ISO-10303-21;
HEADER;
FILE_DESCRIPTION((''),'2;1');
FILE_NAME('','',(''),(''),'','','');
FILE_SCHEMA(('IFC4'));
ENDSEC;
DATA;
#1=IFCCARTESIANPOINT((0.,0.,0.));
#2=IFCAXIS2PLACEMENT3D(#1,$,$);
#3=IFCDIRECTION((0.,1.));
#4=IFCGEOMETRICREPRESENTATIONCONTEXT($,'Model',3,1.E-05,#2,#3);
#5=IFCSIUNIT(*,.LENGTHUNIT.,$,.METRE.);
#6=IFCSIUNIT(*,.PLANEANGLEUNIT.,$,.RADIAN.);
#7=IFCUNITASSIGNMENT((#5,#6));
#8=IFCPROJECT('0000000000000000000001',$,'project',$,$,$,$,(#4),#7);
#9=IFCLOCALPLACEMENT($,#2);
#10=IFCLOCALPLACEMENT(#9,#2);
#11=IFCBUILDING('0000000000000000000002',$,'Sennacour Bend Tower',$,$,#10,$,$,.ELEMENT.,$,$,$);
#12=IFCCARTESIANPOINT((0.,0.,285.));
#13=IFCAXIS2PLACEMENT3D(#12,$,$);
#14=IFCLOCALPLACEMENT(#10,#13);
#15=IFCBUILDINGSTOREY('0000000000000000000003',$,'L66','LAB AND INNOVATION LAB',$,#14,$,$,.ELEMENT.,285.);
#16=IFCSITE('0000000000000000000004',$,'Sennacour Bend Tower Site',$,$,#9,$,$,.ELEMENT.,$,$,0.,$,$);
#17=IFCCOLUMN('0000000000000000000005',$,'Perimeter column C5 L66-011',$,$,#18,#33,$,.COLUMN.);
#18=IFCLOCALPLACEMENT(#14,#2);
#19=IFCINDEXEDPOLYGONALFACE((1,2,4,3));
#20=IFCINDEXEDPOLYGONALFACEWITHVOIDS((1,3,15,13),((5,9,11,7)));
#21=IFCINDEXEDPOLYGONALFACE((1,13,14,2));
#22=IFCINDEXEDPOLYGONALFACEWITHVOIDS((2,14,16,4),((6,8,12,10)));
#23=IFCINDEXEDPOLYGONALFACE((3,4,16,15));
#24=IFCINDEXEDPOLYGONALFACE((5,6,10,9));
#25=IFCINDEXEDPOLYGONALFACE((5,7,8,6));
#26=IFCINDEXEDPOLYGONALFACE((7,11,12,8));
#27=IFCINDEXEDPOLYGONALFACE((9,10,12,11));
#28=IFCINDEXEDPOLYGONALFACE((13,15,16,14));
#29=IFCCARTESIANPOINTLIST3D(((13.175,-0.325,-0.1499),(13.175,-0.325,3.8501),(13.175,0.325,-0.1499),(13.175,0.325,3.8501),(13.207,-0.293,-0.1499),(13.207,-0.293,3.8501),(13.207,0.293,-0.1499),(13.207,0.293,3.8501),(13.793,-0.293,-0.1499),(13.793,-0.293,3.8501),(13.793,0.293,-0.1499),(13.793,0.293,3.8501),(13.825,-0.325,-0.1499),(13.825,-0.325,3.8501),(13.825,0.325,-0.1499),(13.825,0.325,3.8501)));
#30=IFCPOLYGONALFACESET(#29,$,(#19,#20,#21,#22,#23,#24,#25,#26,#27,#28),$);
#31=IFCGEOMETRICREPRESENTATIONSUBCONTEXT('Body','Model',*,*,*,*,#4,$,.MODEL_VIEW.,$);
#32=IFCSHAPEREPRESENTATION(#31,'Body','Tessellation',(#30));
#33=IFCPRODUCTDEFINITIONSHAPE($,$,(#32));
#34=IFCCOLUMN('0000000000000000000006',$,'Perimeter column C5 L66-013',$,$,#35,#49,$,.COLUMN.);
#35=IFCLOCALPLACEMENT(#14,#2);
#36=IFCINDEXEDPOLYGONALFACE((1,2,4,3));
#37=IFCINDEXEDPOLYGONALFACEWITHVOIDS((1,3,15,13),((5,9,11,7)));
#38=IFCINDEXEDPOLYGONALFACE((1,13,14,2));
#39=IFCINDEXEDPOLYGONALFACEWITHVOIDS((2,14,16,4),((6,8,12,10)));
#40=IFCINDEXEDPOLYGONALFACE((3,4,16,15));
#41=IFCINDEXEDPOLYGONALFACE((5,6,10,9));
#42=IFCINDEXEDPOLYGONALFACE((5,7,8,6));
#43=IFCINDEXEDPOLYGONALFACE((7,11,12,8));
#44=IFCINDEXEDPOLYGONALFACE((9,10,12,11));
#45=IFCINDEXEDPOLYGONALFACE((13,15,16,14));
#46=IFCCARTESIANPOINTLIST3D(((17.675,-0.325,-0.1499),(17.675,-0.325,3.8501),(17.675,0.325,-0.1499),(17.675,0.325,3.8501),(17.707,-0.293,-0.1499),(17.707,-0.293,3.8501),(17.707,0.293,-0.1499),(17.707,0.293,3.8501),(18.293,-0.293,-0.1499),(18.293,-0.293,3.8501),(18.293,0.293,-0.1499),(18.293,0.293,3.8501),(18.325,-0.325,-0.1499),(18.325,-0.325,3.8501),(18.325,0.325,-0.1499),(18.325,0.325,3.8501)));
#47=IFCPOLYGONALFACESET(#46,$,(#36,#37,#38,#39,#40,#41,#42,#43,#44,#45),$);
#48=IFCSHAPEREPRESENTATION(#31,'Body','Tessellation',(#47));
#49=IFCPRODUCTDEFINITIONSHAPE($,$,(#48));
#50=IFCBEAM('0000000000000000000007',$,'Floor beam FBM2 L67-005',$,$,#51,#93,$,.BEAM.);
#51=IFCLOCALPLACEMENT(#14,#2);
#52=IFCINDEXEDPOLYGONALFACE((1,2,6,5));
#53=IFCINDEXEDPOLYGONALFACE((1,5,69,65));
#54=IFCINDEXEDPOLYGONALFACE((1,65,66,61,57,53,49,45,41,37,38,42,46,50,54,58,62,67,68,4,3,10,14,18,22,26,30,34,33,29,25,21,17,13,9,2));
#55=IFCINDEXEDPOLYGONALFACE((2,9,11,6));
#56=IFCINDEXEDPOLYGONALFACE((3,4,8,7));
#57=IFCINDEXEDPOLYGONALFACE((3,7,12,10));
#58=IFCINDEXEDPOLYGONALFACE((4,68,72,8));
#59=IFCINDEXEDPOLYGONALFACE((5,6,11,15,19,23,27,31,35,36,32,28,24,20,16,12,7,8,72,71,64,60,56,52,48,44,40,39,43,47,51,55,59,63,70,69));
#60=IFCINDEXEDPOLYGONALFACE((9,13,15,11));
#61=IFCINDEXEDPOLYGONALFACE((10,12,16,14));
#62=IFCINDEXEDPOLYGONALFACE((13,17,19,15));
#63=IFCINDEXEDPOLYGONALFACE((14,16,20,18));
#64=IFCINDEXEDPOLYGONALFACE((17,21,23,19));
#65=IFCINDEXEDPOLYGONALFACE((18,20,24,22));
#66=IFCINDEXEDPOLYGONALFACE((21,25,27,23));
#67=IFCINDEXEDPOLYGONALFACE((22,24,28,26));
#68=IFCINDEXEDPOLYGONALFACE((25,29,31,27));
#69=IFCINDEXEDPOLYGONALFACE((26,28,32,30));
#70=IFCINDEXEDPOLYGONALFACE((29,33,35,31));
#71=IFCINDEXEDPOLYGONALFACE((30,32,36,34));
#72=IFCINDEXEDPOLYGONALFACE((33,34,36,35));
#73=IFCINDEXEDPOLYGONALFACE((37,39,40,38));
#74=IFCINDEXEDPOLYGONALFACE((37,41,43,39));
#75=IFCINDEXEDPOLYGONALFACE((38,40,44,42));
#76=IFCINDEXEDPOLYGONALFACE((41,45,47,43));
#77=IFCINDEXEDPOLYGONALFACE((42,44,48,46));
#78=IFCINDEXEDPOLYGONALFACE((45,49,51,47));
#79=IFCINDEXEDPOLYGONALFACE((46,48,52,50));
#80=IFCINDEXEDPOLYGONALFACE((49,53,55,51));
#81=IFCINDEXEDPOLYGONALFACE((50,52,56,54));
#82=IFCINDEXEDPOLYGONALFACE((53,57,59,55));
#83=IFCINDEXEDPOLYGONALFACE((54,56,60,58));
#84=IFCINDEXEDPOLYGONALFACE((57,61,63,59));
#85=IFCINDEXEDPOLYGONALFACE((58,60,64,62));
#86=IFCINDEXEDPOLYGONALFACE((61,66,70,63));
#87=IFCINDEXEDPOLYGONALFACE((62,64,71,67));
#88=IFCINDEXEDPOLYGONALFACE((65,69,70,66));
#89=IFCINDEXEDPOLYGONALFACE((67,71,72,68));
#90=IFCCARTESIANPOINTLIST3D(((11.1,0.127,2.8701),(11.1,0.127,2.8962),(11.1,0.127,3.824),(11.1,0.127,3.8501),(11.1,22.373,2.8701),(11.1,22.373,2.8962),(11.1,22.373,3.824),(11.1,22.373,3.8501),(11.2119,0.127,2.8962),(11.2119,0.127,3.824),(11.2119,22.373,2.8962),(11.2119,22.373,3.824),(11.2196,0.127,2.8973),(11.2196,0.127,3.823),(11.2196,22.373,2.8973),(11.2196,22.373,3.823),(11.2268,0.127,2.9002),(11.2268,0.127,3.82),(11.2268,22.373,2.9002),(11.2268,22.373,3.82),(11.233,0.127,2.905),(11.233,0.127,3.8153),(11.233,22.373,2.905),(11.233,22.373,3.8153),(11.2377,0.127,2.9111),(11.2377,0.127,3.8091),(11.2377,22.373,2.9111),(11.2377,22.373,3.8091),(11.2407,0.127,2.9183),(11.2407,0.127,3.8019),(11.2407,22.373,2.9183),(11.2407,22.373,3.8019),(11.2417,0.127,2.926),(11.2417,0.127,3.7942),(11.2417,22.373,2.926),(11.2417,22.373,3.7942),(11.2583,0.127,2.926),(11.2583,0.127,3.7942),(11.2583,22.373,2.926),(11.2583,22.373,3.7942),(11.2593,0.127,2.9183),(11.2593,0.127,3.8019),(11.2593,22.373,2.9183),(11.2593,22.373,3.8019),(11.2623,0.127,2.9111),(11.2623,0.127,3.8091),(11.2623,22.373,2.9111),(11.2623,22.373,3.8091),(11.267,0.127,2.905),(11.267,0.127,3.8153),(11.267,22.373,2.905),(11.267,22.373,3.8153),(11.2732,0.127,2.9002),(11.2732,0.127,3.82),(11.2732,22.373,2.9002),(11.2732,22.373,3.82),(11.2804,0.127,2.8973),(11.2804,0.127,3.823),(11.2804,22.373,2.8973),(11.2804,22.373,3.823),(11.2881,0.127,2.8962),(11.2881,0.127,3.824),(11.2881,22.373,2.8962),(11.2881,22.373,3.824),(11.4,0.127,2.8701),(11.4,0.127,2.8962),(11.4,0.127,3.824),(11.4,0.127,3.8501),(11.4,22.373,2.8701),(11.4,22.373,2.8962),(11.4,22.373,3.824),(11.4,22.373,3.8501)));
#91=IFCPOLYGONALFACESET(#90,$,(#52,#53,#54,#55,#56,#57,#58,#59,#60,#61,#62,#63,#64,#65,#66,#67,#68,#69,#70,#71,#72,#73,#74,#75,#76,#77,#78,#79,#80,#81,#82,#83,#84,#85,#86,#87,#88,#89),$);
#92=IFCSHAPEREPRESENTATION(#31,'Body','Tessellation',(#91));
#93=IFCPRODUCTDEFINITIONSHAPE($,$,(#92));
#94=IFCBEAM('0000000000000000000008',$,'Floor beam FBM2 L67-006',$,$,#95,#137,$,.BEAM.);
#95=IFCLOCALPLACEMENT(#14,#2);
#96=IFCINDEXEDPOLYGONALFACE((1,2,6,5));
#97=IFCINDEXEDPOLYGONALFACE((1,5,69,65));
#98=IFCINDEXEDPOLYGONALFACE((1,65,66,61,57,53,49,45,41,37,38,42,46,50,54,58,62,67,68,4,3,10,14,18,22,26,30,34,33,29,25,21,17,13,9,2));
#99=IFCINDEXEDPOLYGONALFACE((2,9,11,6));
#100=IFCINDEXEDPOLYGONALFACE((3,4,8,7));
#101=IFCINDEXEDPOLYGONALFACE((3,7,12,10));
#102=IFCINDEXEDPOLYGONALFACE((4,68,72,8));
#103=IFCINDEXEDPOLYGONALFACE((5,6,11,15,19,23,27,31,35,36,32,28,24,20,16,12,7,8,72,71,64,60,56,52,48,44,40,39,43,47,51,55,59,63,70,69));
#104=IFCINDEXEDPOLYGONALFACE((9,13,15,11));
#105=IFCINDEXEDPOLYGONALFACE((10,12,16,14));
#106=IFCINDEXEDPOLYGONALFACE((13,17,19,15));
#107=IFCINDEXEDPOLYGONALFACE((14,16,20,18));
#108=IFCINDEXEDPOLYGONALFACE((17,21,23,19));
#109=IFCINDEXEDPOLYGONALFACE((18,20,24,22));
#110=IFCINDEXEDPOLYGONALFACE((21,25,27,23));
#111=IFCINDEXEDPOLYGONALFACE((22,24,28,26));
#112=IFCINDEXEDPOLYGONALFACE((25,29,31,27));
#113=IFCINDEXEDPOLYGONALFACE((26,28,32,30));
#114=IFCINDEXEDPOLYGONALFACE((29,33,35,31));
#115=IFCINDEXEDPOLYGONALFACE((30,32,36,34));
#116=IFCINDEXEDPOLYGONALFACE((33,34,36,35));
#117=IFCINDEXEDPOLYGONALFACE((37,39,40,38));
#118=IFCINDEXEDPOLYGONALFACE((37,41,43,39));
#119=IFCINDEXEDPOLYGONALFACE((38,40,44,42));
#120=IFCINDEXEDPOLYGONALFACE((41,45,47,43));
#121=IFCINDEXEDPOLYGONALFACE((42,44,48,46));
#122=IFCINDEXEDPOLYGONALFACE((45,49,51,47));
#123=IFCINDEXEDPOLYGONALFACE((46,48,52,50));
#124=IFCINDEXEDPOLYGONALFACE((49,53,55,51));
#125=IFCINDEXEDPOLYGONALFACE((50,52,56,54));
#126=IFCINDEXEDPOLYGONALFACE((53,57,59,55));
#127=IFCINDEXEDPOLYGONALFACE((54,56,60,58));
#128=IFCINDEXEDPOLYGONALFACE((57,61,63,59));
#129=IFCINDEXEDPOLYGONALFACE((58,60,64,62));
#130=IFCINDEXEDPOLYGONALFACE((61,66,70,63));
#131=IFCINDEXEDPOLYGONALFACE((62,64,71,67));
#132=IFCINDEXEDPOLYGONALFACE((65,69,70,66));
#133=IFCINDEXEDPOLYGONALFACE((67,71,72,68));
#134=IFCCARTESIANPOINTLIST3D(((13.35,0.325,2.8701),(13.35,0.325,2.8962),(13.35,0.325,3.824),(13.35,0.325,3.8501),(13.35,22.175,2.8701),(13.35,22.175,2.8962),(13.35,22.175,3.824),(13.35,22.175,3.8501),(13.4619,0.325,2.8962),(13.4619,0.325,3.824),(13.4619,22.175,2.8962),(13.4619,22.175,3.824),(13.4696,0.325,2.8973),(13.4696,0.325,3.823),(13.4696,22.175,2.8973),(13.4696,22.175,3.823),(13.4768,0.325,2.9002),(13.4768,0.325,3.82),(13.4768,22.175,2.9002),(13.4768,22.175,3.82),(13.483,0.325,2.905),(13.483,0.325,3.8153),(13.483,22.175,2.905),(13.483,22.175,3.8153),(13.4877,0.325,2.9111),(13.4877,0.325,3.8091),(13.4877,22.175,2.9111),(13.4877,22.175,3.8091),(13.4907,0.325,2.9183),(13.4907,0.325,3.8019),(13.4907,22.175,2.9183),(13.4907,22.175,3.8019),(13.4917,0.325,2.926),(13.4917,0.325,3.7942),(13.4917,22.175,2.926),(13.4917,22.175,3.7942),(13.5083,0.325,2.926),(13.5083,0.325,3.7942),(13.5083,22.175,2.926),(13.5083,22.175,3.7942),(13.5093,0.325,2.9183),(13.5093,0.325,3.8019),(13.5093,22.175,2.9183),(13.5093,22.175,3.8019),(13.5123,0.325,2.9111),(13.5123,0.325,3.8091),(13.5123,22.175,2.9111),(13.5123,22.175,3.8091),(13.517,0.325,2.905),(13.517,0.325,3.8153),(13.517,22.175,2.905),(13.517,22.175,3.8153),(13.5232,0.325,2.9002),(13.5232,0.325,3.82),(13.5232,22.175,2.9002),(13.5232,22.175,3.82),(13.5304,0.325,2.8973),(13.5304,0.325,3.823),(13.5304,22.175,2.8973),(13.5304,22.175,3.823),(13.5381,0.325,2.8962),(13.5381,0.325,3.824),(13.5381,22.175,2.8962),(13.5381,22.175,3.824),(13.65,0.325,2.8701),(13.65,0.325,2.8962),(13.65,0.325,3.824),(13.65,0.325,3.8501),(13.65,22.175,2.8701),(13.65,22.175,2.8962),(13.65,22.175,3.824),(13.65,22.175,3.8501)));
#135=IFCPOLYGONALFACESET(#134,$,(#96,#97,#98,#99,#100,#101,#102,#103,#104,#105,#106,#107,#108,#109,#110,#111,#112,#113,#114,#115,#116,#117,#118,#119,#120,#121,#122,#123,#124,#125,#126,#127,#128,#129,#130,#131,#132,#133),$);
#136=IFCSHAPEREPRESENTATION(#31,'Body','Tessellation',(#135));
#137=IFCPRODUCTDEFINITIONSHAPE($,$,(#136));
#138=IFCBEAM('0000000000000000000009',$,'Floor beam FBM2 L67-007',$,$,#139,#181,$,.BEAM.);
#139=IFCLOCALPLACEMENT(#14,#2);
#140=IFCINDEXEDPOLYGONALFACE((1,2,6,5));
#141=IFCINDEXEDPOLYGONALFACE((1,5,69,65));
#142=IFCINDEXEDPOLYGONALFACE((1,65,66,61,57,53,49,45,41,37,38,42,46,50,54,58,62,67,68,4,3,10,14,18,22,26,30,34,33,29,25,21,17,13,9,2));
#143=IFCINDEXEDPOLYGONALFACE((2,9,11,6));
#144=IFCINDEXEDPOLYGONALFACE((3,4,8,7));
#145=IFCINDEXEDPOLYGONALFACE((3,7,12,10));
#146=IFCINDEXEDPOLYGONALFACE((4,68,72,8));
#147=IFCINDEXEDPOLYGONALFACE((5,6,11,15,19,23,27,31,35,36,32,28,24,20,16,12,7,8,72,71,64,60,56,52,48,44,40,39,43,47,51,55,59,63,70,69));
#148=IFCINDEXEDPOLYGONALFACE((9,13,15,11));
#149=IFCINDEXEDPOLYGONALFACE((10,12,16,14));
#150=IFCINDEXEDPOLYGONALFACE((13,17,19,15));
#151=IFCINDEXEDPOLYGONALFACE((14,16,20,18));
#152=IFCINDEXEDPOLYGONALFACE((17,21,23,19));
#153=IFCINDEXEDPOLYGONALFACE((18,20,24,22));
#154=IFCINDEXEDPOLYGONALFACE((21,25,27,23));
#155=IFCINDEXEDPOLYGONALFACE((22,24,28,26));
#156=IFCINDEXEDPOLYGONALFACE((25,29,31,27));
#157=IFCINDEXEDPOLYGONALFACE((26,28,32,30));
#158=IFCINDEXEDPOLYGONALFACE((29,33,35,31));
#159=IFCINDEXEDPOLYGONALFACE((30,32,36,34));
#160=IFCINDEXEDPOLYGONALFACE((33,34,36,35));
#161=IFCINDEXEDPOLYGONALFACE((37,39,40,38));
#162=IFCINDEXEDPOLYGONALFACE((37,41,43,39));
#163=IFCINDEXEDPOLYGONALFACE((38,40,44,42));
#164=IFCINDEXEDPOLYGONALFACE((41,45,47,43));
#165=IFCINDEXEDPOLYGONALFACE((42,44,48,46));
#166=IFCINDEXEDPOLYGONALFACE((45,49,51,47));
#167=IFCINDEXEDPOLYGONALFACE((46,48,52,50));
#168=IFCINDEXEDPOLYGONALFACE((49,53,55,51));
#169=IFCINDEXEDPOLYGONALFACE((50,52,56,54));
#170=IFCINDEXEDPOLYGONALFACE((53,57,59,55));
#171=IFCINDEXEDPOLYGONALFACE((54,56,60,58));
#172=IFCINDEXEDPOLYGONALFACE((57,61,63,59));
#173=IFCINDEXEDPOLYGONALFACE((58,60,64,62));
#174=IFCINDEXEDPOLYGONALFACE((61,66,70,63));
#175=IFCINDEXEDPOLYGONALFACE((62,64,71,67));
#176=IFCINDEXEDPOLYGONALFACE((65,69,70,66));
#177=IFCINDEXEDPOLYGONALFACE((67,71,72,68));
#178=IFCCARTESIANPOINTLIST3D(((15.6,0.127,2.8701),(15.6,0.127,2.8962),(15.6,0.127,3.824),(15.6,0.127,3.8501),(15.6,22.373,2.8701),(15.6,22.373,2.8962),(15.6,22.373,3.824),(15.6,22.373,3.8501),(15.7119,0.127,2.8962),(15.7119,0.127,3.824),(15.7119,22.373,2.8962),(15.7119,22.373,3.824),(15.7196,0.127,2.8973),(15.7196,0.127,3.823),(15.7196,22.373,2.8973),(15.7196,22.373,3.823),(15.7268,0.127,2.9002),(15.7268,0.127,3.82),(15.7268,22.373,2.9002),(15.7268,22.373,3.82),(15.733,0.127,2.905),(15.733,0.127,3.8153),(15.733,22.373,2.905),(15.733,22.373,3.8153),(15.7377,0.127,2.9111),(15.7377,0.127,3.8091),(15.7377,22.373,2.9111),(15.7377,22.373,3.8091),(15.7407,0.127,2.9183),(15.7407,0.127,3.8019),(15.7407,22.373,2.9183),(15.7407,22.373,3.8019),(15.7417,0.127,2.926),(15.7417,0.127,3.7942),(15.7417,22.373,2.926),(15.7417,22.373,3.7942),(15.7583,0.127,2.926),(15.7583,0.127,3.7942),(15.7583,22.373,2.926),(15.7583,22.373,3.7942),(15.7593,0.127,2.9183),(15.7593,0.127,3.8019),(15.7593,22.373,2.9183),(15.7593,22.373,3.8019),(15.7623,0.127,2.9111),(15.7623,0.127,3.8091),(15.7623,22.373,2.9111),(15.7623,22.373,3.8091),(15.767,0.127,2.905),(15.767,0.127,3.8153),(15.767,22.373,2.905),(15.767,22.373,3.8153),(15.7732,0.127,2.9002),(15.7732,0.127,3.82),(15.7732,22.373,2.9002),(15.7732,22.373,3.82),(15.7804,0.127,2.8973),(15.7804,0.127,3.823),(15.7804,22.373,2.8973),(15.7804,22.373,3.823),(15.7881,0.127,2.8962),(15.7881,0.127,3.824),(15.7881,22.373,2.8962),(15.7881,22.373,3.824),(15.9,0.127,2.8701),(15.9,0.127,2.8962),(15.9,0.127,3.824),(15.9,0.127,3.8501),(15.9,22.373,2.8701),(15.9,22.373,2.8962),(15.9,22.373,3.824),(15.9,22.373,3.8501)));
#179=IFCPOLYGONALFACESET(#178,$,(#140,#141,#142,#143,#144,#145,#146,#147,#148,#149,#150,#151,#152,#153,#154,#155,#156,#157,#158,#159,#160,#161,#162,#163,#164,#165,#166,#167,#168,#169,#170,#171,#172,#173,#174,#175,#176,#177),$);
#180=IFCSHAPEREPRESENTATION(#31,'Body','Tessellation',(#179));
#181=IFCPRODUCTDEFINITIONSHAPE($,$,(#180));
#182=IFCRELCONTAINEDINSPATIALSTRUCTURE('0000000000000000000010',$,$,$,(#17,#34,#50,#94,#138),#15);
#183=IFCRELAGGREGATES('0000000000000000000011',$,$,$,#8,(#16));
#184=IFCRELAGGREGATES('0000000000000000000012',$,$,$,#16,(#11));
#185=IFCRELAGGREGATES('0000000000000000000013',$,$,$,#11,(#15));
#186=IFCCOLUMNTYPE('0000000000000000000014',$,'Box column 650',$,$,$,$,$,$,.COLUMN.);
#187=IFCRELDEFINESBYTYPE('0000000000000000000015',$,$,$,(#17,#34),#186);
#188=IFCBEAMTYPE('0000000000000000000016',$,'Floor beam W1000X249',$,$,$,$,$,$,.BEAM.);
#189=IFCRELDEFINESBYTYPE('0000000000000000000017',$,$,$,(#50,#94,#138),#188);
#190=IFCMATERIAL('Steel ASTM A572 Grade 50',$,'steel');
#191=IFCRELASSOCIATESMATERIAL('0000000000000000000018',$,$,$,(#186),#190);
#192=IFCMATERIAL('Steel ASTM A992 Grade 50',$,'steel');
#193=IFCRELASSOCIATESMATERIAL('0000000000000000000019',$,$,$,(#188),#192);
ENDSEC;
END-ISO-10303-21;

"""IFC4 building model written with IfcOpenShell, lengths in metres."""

from ifc_helpers import new_model, si_unit, direction, frame, origin, origin_2d, place, context, subcontext, project, spatial, hollow_rectangle, i_section, extrude, material, material_profile, profile_set, type_object, element, save


model = new_model("IFC4")

# Units and contexts
model_context = context("Model", 3, precision=1e-05, world=origin(), true_north=direction((0.0, 1.0)))
body_context = subcontext(model_context, "Body", "Model", "MODEL_VIEW")
ifc_project = project(units=[si_unit("LENGTHUNIT", "METRE"), si_unit("PLANEANGLEUNIT", "RADIAN")], contexts=[model_context])

# Site, building, storey
site_placement = place(None, origin())
site = spatial("IfcSite", under=ifc_project, at=site_placement, Name="Sennacour Bend Tower Site", CompositionType="ELEMENT", RefElevation=0.0)
building_placement = place(site_placement, origin())
building = spatial("IfcBuilding", under=site, at=building_placement, Name="Sennacour Bend Tower", CompositionType="ELEMENT")
storey_placement = place(building_placement, frame((0.0, 0.0, 285.0)))
storey = spatial("IfcBuildingStorey", under=building, at=storey_placement, Name="L66", Description="LAB AND INNOVATION LAB", CompositionType="ELEMENT", Elevation=285.0)

# Columns
ifc_material_1 = material(Name="Steel ASTM A572 Grade 50", Category="steel")
ifc_material_profile_1 = material_profile(ifc_material_1, hollow_rectangle(XDim=0.6499, YDim=0.6499, WallThickness=0.032, at=origin_2d()), Name="Steel ASTM A572 Grade 50", Category="steel")
ifc_profile_set_1 = profile_set([ifc_material_profile_1], Name="Steel ASTM A572 Grade 50")
column_type = type_object("IfcColumnType", Name="Box column 650", PredefinedType="COLUMN", material=ifc_profile_set_1)
for number, where, z_axis, x_axis, name in (
    (1, (13.5, 0.0, -0.1499), (0.0, 0.0, 1.0), (1.0, 0.0, 0.0), "Perimeter column C5 L66-011"),
    (2, (18.0, 0.0, -0.1499), (0.0, 0.0, 1.0), (1.0, 0.0, 0.0), "Perimeter column C5 L66-013"),
):
    element("IfcColumn", number, at=place(storey_placement, frame(where, z_axis=z_axis, x_axis=x_axis)), inside=storey, type_object=column_type, Name=name, PredefinedType="COLUMN", context=body_context, shape_type="SweptSolid", body=[
        extrude(hollow_rectangle(XDim=0.6499, YDim=0.6499, WallThickness=0.032, at=origin_2d()), origin(), (0.0, 0.0, 1.0), 4.0),
    ])

# Beams
ifc_material_2 = material(Name="Steel ASTM A992 Grade 50", Category="steel")
ifc_material_profile_2 = material_profile(ifc_material_2, i_section(OverallWidth=0.3, OverallDepth=0.98, WebThickness=0.0166, FlangeThickness=0.0261, FilletRadius=0.0298, at=origin_2d()), Name="Steel ASTM A992 Grade 50", Category="steel")
ifc_profile_set_2 = profile_set([ifc_material_profile_2], Name="Steel ASTM A992 Grade 50")
beam_type_1 = type_object("IfcBeamType", Name="Floor beam W1000X249", PredefinedType="BEAM", material=ifc_profile_set_2)
beam_1_placement = place(storey_placement, frame((11.25, 0.127, 3.3601), z_axis=(0.0, 1.0, 0.0), x_axis=(-1.0, 0.0, 0.0)))
element("IfcBeam", 3, at=beam_1_placement, inside=storey, type_object=beam_type_1, Name="Floor beam FBM2 L67-005", PredefinedType="BEAM", context=body_context, shape_type="SweptSolid", body=[
    extrude(i_section(OverallWidth=0.3, OverallDepth=0.98, WebThickness=0.0166, FlangeThickness=0.0261, FilletRadius=0.0298, at=origin_2d()), origin(), (0.0, 0.0, 1.0), 22.2461),
])
beam_2_placement = place(storey_placement, frame((13.5, 0.325, 3.3601), z_axis=(0.0, 1.0, 0.0), x_axis=(-1.0, 0.0, 0.0)))
element("IfcBeam", 4, at=beam_2_placement, inside=storey, type_object=beam_type_1, Name="Floor beam FBM2 L67-006", PredefinedType="BEAM", context=body_context, shape_type="SweptSolid", body=[
    extrude(i_section(OverallWidth=0.3, OverallDepth=0.98, WebThickness=0.0166, FlangeThickness=0.0261, FilletRadius=0.0298, at=origin_2d()), origin(), (0.0, 0.0, 1.0), 21.8501),
])
beam_3_placement = place(storey_placement, frame((15.75, 0.127, 3.3601), z_axis=(0.0, 1.0, 0.0), x_axis=(-1.0, 0.0, 0.0)))
element("IfcBeam", 5, at=beam_3_placement, inside=storey, type_object=beam_type_1, Name="Floor beam FBM2 L67-007", PredefinedType="BEAM", context=body_context, shape_type="SweptSolid", body=[
    extrude(i_section(OverallWidth=0.3, OverallDepth=0.98, WebThickness=0.0166, FlangeThickness=0.0261, FilletRadius=0.0298, at=origin_2d()), origin(), (0.0, 0.0, 1.0), 22.2461),
])

save(model, "model.ifc")
